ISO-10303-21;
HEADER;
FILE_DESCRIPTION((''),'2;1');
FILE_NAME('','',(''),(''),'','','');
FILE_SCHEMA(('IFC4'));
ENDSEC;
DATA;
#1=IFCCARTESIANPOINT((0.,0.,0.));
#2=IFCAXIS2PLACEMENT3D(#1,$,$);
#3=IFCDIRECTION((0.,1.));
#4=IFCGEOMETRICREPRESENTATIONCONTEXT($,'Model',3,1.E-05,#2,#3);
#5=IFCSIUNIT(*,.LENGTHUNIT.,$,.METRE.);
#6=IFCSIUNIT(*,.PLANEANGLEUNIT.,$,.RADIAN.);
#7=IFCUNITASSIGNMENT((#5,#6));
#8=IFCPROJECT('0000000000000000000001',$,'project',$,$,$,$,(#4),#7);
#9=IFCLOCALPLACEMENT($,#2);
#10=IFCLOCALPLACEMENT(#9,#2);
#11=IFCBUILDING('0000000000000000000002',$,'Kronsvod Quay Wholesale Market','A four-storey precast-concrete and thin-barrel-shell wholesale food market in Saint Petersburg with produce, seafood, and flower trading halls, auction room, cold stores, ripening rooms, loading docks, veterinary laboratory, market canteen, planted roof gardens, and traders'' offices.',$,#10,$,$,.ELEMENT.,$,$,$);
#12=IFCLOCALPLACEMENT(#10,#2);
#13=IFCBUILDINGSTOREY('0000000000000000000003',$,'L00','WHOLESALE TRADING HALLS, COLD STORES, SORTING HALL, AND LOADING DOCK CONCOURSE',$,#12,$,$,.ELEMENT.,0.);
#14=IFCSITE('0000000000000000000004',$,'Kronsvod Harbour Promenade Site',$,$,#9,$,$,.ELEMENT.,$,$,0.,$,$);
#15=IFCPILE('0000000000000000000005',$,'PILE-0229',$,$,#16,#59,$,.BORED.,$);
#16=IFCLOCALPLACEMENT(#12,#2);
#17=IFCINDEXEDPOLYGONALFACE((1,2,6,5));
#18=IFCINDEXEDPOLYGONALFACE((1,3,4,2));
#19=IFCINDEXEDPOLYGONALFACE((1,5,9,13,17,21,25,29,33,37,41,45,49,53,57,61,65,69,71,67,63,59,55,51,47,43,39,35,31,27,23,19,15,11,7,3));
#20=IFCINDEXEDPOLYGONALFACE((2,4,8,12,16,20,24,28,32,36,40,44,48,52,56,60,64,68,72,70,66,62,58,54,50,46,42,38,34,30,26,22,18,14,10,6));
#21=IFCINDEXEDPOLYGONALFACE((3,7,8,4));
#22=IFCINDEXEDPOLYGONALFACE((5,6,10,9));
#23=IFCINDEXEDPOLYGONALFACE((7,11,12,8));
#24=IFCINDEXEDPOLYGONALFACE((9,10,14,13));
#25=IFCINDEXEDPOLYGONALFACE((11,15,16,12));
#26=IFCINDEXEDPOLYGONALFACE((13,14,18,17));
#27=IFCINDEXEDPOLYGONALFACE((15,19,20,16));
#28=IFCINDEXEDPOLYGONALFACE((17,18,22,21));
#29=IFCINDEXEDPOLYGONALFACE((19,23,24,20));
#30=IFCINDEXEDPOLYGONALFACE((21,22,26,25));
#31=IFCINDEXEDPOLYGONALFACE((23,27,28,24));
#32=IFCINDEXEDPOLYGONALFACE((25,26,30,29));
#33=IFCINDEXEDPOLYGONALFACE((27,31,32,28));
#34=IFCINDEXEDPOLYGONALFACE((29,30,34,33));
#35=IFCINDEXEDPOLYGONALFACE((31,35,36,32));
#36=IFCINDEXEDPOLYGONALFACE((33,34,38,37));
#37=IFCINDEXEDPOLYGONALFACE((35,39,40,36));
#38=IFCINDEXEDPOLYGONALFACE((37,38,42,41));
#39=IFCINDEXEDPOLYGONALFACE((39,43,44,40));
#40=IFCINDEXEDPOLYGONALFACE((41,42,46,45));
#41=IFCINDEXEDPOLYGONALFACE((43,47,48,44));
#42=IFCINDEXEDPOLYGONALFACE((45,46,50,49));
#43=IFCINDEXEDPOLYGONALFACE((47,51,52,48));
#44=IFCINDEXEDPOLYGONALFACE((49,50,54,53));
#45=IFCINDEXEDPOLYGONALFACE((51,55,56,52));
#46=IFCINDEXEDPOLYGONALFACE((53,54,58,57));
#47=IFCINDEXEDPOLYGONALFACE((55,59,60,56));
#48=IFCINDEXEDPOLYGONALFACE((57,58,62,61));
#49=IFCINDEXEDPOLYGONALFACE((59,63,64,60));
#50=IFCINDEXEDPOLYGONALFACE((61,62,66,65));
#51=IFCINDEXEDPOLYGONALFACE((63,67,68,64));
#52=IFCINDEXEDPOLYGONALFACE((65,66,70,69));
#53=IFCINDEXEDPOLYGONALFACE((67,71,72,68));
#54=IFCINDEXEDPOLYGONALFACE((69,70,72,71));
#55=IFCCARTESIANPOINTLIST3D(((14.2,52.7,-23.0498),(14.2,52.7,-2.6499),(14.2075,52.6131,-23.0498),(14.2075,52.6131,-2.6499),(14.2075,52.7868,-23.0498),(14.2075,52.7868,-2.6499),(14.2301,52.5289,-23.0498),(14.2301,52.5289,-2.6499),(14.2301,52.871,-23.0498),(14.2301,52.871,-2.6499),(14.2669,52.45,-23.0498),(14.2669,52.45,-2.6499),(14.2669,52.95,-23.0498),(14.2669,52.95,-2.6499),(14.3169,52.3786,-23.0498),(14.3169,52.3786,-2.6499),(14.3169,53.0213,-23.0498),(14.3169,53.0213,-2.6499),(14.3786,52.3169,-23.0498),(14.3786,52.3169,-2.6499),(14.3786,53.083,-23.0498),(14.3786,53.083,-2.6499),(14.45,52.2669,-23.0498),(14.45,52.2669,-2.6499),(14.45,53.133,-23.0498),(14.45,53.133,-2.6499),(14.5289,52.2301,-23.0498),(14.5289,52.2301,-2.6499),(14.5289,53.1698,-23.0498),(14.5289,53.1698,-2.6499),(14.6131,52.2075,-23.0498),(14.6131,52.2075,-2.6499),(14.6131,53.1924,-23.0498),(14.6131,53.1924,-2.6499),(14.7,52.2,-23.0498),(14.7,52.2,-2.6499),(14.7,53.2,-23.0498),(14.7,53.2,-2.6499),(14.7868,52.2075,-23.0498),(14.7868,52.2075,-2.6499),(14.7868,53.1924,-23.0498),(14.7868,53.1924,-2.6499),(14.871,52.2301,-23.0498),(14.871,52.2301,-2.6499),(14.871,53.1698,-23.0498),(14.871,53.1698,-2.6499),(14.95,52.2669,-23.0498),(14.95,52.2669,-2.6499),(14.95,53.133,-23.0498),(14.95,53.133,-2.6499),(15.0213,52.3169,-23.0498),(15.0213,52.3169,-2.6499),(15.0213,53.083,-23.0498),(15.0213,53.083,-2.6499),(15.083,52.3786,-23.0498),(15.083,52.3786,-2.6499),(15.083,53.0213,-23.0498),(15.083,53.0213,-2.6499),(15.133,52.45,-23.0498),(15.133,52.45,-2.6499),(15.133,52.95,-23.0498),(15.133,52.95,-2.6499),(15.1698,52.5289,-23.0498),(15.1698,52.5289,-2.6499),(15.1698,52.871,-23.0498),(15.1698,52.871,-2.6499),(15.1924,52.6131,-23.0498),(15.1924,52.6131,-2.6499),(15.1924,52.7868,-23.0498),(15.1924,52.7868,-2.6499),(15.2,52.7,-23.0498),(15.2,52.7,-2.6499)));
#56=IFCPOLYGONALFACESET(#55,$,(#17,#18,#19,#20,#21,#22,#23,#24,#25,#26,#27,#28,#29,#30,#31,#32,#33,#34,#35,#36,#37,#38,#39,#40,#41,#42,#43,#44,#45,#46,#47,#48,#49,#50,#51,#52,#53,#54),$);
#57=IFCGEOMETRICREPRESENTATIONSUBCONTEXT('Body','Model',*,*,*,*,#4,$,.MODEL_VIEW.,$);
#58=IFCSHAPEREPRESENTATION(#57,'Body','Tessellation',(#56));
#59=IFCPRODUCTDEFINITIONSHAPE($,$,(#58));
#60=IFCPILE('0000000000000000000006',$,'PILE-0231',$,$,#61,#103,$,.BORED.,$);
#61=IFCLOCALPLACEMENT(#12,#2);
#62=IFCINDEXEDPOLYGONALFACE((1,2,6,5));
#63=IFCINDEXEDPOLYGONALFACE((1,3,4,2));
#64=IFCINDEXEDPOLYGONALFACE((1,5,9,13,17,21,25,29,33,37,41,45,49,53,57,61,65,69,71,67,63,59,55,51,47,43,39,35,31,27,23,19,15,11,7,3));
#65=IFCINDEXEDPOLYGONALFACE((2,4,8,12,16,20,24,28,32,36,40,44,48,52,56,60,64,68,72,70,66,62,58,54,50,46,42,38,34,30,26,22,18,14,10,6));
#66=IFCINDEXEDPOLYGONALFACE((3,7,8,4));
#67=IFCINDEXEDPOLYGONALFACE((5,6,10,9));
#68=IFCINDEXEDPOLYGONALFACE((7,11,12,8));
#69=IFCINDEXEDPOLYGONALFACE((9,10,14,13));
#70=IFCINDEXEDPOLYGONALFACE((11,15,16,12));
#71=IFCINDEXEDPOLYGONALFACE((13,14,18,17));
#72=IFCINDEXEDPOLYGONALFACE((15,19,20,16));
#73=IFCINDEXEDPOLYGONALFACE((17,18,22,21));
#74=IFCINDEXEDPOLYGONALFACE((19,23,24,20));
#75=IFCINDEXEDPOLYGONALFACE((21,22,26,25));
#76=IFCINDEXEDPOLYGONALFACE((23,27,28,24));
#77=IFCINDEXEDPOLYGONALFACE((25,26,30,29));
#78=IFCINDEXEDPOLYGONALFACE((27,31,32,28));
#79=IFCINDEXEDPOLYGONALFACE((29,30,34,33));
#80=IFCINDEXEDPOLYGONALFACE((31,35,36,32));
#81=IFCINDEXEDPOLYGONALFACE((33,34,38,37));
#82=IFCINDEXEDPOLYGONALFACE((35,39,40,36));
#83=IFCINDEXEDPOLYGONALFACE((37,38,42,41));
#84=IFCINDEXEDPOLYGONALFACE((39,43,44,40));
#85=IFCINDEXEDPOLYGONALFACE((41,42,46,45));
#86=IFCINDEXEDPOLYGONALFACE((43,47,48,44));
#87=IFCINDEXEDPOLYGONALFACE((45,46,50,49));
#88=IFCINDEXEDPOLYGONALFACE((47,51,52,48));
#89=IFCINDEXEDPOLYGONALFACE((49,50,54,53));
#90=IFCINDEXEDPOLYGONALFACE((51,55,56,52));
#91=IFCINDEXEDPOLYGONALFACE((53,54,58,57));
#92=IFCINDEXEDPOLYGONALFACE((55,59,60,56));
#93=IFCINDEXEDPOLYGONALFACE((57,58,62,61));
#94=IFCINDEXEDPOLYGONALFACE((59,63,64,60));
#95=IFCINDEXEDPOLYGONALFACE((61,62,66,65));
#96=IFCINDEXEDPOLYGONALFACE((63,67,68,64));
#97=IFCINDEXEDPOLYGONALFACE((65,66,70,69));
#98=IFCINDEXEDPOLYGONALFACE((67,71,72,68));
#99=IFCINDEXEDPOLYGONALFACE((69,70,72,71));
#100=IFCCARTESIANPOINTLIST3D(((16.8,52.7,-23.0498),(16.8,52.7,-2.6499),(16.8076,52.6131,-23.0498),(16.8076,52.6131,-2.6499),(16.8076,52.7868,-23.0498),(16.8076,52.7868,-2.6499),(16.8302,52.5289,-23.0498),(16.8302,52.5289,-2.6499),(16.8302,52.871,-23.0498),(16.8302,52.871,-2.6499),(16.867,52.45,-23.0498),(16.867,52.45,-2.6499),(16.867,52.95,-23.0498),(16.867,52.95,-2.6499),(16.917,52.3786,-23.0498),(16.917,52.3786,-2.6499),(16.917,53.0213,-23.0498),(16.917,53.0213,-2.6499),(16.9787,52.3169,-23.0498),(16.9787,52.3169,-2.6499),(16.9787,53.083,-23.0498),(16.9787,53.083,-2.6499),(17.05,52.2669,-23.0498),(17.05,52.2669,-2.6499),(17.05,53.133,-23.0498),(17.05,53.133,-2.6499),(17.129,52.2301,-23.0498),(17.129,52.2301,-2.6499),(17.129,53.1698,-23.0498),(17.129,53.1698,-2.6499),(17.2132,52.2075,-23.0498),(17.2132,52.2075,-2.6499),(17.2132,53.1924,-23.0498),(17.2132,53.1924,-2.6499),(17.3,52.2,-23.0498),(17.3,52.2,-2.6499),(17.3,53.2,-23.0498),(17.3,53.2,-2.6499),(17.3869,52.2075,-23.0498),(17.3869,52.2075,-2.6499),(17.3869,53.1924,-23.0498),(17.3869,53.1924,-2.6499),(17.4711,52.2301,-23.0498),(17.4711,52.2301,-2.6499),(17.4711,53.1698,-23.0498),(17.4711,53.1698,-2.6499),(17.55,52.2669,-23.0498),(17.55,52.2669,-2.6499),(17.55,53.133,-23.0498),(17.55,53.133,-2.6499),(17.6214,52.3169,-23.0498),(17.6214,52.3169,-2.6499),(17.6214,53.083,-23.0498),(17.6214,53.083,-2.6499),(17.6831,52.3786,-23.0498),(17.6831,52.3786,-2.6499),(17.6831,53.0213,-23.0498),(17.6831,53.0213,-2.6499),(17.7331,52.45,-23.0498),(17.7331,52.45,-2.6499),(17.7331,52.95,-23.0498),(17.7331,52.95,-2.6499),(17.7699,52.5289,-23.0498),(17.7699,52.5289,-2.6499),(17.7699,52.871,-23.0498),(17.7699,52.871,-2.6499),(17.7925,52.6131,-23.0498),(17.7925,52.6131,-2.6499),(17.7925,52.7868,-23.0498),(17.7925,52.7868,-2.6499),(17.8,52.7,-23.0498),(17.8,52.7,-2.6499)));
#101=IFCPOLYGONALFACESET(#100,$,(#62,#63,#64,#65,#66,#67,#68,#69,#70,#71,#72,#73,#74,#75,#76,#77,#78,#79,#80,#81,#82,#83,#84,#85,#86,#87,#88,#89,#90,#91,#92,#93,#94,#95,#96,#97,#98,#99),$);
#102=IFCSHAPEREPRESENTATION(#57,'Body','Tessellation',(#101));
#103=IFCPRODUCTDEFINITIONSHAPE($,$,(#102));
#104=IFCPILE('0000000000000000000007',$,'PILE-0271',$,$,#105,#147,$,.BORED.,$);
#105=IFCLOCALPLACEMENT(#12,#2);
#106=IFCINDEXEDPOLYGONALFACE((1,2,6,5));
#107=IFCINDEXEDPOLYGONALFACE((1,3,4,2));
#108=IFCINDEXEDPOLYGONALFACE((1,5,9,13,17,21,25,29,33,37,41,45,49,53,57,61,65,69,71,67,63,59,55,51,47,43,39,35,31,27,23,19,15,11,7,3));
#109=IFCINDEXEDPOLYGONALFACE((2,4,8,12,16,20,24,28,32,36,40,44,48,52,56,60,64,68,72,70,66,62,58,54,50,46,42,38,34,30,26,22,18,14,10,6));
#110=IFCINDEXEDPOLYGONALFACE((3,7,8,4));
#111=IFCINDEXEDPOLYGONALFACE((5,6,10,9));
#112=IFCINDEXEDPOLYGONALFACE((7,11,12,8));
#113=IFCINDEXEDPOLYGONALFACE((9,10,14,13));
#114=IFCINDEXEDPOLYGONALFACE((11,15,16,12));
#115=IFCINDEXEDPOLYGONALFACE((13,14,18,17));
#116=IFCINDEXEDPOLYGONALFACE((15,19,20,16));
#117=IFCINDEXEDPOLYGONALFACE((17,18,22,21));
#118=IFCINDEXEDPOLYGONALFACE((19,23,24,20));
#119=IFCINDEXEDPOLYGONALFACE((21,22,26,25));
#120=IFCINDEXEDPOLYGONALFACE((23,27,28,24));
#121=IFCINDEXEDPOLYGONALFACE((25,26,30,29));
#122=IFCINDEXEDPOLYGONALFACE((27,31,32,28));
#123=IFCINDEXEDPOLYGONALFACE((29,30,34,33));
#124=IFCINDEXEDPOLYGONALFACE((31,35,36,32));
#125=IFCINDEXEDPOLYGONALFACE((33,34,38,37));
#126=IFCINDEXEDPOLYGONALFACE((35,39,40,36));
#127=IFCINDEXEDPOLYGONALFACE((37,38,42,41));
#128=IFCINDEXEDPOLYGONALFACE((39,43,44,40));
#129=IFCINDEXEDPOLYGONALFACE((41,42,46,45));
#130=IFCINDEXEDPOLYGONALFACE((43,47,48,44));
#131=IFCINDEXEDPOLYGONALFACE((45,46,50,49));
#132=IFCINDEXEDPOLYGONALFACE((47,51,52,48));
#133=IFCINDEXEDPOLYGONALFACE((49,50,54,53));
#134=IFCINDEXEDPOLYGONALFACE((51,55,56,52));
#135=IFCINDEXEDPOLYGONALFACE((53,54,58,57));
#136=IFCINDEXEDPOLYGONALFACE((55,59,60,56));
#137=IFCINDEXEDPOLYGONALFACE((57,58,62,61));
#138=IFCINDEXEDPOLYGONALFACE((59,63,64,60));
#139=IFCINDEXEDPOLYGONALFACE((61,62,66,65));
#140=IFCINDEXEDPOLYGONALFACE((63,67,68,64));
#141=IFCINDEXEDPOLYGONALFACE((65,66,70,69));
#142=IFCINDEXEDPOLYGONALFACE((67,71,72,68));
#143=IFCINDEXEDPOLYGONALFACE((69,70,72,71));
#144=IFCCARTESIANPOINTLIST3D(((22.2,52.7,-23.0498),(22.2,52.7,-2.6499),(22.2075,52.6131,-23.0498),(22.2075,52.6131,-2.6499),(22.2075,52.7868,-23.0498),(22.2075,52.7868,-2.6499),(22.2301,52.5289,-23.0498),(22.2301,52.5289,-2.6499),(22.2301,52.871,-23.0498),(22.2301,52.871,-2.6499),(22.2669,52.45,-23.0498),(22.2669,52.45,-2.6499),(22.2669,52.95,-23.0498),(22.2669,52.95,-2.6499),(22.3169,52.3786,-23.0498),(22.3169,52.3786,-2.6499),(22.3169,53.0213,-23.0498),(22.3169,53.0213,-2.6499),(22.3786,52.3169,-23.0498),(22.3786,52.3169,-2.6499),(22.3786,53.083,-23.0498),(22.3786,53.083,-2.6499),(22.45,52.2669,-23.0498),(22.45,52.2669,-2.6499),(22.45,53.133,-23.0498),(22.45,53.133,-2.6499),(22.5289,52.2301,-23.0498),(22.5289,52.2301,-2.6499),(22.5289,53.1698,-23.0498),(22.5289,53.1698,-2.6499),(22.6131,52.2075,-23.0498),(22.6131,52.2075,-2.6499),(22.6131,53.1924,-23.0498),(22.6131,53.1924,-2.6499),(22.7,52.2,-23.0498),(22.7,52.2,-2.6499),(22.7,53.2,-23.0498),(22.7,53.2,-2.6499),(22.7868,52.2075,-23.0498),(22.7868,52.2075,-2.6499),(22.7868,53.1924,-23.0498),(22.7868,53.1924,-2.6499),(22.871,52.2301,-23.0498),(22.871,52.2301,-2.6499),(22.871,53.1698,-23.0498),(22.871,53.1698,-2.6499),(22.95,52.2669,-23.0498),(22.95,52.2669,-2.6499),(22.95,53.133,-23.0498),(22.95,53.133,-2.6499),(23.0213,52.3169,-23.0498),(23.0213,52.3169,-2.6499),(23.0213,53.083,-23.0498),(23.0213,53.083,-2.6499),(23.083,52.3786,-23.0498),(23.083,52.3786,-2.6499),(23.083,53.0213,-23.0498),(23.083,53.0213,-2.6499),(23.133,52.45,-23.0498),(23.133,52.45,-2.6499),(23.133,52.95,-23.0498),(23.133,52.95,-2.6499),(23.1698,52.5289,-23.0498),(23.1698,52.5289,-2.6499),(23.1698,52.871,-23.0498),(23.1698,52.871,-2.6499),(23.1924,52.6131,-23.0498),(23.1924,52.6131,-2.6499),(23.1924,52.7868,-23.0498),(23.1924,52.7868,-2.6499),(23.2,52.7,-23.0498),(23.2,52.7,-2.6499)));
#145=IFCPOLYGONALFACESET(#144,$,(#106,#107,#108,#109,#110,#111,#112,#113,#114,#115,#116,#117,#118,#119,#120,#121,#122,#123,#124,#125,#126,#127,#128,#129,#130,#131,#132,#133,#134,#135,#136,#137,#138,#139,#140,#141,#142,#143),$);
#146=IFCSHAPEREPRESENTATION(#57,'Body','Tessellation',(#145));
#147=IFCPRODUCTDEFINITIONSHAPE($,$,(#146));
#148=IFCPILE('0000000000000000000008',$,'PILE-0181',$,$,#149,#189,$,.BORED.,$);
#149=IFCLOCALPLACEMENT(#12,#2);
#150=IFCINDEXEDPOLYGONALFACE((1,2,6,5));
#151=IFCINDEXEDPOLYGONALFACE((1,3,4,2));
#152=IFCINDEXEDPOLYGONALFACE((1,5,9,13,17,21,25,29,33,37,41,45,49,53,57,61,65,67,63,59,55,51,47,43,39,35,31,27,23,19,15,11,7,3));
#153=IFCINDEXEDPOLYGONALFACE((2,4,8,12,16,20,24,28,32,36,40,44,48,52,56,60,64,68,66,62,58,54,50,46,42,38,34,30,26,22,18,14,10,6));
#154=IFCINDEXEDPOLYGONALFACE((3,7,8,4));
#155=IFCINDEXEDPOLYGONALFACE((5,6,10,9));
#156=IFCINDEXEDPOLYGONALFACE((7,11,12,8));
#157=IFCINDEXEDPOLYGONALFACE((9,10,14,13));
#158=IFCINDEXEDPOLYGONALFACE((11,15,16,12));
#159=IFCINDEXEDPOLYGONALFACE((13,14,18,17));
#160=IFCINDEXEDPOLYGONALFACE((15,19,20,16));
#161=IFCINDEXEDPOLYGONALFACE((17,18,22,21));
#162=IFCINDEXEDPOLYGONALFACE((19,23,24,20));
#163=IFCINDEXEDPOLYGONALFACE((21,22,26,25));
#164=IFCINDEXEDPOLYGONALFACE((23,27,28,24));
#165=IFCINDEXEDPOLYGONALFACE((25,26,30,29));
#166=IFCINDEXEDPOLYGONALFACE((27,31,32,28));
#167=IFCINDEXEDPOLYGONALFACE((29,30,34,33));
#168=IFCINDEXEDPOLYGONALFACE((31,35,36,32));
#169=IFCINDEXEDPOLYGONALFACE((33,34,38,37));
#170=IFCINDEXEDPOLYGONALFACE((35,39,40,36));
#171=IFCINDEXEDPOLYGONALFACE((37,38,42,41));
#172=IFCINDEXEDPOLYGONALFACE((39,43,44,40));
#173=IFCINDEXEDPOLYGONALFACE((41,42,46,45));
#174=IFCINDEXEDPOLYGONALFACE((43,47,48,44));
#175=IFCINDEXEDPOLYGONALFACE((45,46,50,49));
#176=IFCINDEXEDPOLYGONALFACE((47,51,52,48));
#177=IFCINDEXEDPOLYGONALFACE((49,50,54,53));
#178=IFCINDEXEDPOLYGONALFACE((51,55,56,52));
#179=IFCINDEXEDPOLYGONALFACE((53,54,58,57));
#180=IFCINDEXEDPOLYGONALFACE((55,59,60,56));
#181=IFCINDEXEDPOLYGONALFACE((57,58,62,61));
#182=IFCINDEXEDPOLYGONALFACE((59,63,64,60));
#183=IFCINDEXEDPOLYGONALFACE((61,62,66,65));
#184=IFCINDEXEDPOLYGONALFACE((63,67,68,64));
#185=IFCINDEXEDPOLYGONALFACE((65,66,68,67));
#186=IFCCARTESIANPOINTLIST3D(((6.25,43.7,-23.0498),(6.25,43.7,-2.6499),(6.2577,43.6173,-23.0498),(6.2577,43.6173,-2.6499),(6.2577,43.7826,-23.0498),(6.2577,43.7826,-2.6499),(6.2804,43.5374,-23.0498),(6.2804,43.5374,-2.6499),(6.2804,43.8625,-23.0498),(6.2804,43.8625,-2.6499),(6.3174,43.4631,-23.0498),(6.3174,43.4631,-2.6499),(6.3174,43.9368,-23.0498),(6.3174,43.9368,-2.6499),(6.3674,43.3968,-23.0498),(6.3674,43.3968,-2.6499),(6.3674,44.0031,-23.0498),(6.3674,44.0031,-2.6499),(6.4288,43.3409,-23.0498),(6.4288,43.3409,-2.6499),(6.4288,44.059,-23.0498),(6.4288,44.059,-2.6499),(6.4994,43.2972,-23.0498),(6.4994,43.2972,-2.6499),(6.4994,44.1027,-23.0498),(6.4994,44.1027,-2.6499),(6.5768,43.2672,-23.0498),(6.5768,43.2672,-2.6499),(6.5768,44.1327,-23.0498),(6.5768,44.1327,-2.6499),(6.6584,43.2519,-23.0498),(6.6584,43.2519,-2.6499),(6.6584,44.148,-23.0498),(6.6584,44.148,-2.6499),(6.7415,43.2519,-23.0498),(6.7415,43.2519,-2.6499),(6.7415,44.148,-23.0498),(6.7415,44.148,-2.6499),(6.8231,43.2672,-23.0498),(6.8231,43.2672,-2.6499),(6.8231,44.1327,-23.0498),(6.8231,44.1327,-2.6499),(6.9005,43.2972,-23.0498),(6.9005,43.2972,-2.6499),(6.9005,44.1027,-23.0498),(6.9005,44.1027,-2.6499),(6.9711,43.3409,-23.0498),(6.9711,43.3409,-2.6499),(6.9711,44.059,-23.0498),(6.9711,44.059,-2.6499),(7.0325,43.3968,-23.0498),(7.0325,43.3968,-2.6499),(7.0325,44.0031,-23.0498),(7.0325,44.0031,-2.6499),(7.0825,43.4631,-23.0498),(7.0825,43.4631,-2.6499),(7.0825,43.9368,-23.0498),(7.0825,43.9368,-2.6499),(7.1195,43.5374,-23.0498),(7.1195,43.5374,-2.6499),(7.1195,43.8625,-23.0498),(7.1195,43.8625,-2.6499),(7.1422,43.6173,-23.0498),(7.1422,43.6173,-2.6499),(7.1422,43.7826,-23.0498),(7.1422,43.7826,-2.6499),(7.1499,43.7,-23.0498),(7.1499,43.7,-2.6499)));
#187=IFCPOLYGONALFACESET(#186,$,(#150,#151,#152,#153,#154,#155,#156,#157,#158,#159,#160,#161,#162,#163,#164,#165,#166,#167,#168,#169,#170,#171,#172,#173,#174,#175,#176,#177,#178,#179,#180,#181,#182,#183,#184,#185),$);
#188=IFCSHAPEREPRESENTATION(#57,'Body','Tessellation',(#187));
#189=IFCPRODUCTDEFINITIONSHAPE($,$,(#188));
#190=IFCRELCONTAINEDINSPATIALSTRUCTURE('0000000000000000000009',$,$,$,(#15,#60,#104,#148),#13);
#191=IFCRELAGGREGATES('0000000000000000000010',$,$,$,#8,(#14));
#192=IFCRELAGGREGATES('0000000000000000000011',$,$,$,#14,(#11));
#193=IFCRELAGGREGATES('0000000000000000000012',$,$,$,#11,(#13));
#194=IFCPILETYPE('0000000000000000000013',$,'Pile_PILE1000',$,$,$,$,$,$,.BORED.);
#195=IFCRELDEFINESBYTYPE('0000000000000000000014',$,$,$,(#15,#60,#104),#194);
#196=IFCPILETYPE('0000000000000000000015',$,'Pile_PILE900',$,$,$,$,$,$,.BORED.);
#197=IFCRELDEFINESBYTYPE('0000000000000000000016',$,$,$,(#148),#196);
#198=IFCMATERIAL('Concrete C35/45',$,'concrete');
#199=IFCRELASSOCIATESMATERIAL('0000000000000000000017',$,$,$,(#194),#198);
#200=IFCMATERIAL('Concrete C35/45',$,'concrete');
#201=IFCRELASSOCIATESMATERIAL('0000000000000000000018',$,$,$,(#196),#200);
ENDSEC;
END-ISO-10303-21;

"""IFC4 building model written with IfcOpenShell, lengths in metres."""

from ifc_helpers import new_model, si_unit, direction, frame, origin, origin_2d, place, context, subcontext, project, spatial, circle, extrude, material, material_profile, profile_set, type_object, element, save


model = new_model("IFC4")

# Units and contexts
model_context = context("Model", 3, precision=1e-05, world=origin(), true_north=direction((0.0, 1.0)))
body_context = subcontext(model_context, "Body", "Model", "MODEL_VIEW")
ifc_project = project(units=[si_unit("LENGTHUNIT", "METRE"), si_unit("PLANEANGLEUNIT", "RADIAN")], contexts=[model_context])

# Site, building, storey
site_placement = place(None, origin())
site = spatial("IfcSite", under=ifc_project, at=site_placement, Name="Kronsvod Harbour Promenade Site", CompositionType="ELEMENT", RefElevation=0.0)
building_placement = place(site_placement, origin())
building = spatial("IfcBuilding", under=site, at=building_placement, Name="Kronsvod Quay Wholesale Market", Description="A four-storey precast-concrete and thin-barrel-shell wholesale food market in Saint Petersburg with produce, seafood, and flower trading halls, auction room, cold stores, ripening rooms, loading docks, veterinary laboratory, market canteen, planted roof gardens, and traders' offices.", CompositionType="ELEMENT")
storey_placement = place(building_placement, origin())
storey = spatial("IfcBuildingStorey", under=building, at=storey_placement, Name="L00", Description="WHOLESALE TRADING HALLS, COLD STORES, SORTING HALL, AND LOADING DOCK CONCOURSE", CompositionType="ELEMENT", Elevation=0.0)

# Piles
ifc_material_1 = material(Name="Concrete C35/45", Category="concrete")
ifc_material_profile_1 = material_profile(ifc_material_1, circle(Radius=0.5, at=origin_2d()), Name="PILE1000")
ifc_profile_set_1 = profile_set([ifc_material_profile_1], Name="Concrete C35/45")
pile_type_1 = type_object("IfcPileType", Name="Pile_PILE1000", PredefinedType="BORED", material=ifc_profile_set_1)
for number, where, z_axis, x_axis, name in (
    (1, (14.7, 52.7, -2.6499), (0.0, 0.0, -1.0), (1.0, 0.0, 0.0), "PILE-0229"),
    (2, (17.3, 52.7, -2.6499), (0.0, 0.0, -1.0), (1.0, 0.0, 0.0), "PILE-0231"),
    (3, (22.7, 52.7, -2.6499), (0.0, 0.0, -1.0), (1.0, 0.0, 0.0), "PILE-0271"),
):
    element("IfcPile", number, at=place(storey_placement, frame(where, z_axis=z_axis, x_axis=x_axis)), inside=storey, type_object=pile_type_1, Name=name, PredefinedType="BORED", context=body_context, shape_type="SweptSolid", body=[
        extrude(circle(Radius=0.5, at=origin_2d()), origin(), (0.0, 0.0, 1.0), 20.3999),
    ])
ifc_material_2 = material(Name="Concrete C35/45", Category="concrete")
ifc_material_profile_2 = material_profile(ifc_material_2, circle(Radius=0.45, at=origin_2d()), Name="PILE900")
ifc_profile_set_2 = profile_set([ifc_material_profile_2], Name="Concrete C35/45")
pile_type_2 = type_object("IfcPileType", Name="Pile_PILE900", PredefinedType="BORED", material=ifc_profile_set_2)
for number, where, z_axis, x_axis, name in (
    (4, (6.7, 43.7, -2.6499), (0.0, 0.0, -1.0), (1.0, 0.0, 0.0), "PILE-0181"),
):
    element("IfcPile", number, at=place(storey_placement, frame(where, z_axis=z_axis, x_axis=x_axis)), inside=storey, type_object=pile_type_2, Name=name, PredefinedType="BORED", context=body_context, shape_type="SweptSolid", body=[
        extrude(circle(Radius=0.45, at=origin_2d()), origin(), (0.0, 0.0, 1.0), 20.3999),
    ])

save(model, "model.ifc")
